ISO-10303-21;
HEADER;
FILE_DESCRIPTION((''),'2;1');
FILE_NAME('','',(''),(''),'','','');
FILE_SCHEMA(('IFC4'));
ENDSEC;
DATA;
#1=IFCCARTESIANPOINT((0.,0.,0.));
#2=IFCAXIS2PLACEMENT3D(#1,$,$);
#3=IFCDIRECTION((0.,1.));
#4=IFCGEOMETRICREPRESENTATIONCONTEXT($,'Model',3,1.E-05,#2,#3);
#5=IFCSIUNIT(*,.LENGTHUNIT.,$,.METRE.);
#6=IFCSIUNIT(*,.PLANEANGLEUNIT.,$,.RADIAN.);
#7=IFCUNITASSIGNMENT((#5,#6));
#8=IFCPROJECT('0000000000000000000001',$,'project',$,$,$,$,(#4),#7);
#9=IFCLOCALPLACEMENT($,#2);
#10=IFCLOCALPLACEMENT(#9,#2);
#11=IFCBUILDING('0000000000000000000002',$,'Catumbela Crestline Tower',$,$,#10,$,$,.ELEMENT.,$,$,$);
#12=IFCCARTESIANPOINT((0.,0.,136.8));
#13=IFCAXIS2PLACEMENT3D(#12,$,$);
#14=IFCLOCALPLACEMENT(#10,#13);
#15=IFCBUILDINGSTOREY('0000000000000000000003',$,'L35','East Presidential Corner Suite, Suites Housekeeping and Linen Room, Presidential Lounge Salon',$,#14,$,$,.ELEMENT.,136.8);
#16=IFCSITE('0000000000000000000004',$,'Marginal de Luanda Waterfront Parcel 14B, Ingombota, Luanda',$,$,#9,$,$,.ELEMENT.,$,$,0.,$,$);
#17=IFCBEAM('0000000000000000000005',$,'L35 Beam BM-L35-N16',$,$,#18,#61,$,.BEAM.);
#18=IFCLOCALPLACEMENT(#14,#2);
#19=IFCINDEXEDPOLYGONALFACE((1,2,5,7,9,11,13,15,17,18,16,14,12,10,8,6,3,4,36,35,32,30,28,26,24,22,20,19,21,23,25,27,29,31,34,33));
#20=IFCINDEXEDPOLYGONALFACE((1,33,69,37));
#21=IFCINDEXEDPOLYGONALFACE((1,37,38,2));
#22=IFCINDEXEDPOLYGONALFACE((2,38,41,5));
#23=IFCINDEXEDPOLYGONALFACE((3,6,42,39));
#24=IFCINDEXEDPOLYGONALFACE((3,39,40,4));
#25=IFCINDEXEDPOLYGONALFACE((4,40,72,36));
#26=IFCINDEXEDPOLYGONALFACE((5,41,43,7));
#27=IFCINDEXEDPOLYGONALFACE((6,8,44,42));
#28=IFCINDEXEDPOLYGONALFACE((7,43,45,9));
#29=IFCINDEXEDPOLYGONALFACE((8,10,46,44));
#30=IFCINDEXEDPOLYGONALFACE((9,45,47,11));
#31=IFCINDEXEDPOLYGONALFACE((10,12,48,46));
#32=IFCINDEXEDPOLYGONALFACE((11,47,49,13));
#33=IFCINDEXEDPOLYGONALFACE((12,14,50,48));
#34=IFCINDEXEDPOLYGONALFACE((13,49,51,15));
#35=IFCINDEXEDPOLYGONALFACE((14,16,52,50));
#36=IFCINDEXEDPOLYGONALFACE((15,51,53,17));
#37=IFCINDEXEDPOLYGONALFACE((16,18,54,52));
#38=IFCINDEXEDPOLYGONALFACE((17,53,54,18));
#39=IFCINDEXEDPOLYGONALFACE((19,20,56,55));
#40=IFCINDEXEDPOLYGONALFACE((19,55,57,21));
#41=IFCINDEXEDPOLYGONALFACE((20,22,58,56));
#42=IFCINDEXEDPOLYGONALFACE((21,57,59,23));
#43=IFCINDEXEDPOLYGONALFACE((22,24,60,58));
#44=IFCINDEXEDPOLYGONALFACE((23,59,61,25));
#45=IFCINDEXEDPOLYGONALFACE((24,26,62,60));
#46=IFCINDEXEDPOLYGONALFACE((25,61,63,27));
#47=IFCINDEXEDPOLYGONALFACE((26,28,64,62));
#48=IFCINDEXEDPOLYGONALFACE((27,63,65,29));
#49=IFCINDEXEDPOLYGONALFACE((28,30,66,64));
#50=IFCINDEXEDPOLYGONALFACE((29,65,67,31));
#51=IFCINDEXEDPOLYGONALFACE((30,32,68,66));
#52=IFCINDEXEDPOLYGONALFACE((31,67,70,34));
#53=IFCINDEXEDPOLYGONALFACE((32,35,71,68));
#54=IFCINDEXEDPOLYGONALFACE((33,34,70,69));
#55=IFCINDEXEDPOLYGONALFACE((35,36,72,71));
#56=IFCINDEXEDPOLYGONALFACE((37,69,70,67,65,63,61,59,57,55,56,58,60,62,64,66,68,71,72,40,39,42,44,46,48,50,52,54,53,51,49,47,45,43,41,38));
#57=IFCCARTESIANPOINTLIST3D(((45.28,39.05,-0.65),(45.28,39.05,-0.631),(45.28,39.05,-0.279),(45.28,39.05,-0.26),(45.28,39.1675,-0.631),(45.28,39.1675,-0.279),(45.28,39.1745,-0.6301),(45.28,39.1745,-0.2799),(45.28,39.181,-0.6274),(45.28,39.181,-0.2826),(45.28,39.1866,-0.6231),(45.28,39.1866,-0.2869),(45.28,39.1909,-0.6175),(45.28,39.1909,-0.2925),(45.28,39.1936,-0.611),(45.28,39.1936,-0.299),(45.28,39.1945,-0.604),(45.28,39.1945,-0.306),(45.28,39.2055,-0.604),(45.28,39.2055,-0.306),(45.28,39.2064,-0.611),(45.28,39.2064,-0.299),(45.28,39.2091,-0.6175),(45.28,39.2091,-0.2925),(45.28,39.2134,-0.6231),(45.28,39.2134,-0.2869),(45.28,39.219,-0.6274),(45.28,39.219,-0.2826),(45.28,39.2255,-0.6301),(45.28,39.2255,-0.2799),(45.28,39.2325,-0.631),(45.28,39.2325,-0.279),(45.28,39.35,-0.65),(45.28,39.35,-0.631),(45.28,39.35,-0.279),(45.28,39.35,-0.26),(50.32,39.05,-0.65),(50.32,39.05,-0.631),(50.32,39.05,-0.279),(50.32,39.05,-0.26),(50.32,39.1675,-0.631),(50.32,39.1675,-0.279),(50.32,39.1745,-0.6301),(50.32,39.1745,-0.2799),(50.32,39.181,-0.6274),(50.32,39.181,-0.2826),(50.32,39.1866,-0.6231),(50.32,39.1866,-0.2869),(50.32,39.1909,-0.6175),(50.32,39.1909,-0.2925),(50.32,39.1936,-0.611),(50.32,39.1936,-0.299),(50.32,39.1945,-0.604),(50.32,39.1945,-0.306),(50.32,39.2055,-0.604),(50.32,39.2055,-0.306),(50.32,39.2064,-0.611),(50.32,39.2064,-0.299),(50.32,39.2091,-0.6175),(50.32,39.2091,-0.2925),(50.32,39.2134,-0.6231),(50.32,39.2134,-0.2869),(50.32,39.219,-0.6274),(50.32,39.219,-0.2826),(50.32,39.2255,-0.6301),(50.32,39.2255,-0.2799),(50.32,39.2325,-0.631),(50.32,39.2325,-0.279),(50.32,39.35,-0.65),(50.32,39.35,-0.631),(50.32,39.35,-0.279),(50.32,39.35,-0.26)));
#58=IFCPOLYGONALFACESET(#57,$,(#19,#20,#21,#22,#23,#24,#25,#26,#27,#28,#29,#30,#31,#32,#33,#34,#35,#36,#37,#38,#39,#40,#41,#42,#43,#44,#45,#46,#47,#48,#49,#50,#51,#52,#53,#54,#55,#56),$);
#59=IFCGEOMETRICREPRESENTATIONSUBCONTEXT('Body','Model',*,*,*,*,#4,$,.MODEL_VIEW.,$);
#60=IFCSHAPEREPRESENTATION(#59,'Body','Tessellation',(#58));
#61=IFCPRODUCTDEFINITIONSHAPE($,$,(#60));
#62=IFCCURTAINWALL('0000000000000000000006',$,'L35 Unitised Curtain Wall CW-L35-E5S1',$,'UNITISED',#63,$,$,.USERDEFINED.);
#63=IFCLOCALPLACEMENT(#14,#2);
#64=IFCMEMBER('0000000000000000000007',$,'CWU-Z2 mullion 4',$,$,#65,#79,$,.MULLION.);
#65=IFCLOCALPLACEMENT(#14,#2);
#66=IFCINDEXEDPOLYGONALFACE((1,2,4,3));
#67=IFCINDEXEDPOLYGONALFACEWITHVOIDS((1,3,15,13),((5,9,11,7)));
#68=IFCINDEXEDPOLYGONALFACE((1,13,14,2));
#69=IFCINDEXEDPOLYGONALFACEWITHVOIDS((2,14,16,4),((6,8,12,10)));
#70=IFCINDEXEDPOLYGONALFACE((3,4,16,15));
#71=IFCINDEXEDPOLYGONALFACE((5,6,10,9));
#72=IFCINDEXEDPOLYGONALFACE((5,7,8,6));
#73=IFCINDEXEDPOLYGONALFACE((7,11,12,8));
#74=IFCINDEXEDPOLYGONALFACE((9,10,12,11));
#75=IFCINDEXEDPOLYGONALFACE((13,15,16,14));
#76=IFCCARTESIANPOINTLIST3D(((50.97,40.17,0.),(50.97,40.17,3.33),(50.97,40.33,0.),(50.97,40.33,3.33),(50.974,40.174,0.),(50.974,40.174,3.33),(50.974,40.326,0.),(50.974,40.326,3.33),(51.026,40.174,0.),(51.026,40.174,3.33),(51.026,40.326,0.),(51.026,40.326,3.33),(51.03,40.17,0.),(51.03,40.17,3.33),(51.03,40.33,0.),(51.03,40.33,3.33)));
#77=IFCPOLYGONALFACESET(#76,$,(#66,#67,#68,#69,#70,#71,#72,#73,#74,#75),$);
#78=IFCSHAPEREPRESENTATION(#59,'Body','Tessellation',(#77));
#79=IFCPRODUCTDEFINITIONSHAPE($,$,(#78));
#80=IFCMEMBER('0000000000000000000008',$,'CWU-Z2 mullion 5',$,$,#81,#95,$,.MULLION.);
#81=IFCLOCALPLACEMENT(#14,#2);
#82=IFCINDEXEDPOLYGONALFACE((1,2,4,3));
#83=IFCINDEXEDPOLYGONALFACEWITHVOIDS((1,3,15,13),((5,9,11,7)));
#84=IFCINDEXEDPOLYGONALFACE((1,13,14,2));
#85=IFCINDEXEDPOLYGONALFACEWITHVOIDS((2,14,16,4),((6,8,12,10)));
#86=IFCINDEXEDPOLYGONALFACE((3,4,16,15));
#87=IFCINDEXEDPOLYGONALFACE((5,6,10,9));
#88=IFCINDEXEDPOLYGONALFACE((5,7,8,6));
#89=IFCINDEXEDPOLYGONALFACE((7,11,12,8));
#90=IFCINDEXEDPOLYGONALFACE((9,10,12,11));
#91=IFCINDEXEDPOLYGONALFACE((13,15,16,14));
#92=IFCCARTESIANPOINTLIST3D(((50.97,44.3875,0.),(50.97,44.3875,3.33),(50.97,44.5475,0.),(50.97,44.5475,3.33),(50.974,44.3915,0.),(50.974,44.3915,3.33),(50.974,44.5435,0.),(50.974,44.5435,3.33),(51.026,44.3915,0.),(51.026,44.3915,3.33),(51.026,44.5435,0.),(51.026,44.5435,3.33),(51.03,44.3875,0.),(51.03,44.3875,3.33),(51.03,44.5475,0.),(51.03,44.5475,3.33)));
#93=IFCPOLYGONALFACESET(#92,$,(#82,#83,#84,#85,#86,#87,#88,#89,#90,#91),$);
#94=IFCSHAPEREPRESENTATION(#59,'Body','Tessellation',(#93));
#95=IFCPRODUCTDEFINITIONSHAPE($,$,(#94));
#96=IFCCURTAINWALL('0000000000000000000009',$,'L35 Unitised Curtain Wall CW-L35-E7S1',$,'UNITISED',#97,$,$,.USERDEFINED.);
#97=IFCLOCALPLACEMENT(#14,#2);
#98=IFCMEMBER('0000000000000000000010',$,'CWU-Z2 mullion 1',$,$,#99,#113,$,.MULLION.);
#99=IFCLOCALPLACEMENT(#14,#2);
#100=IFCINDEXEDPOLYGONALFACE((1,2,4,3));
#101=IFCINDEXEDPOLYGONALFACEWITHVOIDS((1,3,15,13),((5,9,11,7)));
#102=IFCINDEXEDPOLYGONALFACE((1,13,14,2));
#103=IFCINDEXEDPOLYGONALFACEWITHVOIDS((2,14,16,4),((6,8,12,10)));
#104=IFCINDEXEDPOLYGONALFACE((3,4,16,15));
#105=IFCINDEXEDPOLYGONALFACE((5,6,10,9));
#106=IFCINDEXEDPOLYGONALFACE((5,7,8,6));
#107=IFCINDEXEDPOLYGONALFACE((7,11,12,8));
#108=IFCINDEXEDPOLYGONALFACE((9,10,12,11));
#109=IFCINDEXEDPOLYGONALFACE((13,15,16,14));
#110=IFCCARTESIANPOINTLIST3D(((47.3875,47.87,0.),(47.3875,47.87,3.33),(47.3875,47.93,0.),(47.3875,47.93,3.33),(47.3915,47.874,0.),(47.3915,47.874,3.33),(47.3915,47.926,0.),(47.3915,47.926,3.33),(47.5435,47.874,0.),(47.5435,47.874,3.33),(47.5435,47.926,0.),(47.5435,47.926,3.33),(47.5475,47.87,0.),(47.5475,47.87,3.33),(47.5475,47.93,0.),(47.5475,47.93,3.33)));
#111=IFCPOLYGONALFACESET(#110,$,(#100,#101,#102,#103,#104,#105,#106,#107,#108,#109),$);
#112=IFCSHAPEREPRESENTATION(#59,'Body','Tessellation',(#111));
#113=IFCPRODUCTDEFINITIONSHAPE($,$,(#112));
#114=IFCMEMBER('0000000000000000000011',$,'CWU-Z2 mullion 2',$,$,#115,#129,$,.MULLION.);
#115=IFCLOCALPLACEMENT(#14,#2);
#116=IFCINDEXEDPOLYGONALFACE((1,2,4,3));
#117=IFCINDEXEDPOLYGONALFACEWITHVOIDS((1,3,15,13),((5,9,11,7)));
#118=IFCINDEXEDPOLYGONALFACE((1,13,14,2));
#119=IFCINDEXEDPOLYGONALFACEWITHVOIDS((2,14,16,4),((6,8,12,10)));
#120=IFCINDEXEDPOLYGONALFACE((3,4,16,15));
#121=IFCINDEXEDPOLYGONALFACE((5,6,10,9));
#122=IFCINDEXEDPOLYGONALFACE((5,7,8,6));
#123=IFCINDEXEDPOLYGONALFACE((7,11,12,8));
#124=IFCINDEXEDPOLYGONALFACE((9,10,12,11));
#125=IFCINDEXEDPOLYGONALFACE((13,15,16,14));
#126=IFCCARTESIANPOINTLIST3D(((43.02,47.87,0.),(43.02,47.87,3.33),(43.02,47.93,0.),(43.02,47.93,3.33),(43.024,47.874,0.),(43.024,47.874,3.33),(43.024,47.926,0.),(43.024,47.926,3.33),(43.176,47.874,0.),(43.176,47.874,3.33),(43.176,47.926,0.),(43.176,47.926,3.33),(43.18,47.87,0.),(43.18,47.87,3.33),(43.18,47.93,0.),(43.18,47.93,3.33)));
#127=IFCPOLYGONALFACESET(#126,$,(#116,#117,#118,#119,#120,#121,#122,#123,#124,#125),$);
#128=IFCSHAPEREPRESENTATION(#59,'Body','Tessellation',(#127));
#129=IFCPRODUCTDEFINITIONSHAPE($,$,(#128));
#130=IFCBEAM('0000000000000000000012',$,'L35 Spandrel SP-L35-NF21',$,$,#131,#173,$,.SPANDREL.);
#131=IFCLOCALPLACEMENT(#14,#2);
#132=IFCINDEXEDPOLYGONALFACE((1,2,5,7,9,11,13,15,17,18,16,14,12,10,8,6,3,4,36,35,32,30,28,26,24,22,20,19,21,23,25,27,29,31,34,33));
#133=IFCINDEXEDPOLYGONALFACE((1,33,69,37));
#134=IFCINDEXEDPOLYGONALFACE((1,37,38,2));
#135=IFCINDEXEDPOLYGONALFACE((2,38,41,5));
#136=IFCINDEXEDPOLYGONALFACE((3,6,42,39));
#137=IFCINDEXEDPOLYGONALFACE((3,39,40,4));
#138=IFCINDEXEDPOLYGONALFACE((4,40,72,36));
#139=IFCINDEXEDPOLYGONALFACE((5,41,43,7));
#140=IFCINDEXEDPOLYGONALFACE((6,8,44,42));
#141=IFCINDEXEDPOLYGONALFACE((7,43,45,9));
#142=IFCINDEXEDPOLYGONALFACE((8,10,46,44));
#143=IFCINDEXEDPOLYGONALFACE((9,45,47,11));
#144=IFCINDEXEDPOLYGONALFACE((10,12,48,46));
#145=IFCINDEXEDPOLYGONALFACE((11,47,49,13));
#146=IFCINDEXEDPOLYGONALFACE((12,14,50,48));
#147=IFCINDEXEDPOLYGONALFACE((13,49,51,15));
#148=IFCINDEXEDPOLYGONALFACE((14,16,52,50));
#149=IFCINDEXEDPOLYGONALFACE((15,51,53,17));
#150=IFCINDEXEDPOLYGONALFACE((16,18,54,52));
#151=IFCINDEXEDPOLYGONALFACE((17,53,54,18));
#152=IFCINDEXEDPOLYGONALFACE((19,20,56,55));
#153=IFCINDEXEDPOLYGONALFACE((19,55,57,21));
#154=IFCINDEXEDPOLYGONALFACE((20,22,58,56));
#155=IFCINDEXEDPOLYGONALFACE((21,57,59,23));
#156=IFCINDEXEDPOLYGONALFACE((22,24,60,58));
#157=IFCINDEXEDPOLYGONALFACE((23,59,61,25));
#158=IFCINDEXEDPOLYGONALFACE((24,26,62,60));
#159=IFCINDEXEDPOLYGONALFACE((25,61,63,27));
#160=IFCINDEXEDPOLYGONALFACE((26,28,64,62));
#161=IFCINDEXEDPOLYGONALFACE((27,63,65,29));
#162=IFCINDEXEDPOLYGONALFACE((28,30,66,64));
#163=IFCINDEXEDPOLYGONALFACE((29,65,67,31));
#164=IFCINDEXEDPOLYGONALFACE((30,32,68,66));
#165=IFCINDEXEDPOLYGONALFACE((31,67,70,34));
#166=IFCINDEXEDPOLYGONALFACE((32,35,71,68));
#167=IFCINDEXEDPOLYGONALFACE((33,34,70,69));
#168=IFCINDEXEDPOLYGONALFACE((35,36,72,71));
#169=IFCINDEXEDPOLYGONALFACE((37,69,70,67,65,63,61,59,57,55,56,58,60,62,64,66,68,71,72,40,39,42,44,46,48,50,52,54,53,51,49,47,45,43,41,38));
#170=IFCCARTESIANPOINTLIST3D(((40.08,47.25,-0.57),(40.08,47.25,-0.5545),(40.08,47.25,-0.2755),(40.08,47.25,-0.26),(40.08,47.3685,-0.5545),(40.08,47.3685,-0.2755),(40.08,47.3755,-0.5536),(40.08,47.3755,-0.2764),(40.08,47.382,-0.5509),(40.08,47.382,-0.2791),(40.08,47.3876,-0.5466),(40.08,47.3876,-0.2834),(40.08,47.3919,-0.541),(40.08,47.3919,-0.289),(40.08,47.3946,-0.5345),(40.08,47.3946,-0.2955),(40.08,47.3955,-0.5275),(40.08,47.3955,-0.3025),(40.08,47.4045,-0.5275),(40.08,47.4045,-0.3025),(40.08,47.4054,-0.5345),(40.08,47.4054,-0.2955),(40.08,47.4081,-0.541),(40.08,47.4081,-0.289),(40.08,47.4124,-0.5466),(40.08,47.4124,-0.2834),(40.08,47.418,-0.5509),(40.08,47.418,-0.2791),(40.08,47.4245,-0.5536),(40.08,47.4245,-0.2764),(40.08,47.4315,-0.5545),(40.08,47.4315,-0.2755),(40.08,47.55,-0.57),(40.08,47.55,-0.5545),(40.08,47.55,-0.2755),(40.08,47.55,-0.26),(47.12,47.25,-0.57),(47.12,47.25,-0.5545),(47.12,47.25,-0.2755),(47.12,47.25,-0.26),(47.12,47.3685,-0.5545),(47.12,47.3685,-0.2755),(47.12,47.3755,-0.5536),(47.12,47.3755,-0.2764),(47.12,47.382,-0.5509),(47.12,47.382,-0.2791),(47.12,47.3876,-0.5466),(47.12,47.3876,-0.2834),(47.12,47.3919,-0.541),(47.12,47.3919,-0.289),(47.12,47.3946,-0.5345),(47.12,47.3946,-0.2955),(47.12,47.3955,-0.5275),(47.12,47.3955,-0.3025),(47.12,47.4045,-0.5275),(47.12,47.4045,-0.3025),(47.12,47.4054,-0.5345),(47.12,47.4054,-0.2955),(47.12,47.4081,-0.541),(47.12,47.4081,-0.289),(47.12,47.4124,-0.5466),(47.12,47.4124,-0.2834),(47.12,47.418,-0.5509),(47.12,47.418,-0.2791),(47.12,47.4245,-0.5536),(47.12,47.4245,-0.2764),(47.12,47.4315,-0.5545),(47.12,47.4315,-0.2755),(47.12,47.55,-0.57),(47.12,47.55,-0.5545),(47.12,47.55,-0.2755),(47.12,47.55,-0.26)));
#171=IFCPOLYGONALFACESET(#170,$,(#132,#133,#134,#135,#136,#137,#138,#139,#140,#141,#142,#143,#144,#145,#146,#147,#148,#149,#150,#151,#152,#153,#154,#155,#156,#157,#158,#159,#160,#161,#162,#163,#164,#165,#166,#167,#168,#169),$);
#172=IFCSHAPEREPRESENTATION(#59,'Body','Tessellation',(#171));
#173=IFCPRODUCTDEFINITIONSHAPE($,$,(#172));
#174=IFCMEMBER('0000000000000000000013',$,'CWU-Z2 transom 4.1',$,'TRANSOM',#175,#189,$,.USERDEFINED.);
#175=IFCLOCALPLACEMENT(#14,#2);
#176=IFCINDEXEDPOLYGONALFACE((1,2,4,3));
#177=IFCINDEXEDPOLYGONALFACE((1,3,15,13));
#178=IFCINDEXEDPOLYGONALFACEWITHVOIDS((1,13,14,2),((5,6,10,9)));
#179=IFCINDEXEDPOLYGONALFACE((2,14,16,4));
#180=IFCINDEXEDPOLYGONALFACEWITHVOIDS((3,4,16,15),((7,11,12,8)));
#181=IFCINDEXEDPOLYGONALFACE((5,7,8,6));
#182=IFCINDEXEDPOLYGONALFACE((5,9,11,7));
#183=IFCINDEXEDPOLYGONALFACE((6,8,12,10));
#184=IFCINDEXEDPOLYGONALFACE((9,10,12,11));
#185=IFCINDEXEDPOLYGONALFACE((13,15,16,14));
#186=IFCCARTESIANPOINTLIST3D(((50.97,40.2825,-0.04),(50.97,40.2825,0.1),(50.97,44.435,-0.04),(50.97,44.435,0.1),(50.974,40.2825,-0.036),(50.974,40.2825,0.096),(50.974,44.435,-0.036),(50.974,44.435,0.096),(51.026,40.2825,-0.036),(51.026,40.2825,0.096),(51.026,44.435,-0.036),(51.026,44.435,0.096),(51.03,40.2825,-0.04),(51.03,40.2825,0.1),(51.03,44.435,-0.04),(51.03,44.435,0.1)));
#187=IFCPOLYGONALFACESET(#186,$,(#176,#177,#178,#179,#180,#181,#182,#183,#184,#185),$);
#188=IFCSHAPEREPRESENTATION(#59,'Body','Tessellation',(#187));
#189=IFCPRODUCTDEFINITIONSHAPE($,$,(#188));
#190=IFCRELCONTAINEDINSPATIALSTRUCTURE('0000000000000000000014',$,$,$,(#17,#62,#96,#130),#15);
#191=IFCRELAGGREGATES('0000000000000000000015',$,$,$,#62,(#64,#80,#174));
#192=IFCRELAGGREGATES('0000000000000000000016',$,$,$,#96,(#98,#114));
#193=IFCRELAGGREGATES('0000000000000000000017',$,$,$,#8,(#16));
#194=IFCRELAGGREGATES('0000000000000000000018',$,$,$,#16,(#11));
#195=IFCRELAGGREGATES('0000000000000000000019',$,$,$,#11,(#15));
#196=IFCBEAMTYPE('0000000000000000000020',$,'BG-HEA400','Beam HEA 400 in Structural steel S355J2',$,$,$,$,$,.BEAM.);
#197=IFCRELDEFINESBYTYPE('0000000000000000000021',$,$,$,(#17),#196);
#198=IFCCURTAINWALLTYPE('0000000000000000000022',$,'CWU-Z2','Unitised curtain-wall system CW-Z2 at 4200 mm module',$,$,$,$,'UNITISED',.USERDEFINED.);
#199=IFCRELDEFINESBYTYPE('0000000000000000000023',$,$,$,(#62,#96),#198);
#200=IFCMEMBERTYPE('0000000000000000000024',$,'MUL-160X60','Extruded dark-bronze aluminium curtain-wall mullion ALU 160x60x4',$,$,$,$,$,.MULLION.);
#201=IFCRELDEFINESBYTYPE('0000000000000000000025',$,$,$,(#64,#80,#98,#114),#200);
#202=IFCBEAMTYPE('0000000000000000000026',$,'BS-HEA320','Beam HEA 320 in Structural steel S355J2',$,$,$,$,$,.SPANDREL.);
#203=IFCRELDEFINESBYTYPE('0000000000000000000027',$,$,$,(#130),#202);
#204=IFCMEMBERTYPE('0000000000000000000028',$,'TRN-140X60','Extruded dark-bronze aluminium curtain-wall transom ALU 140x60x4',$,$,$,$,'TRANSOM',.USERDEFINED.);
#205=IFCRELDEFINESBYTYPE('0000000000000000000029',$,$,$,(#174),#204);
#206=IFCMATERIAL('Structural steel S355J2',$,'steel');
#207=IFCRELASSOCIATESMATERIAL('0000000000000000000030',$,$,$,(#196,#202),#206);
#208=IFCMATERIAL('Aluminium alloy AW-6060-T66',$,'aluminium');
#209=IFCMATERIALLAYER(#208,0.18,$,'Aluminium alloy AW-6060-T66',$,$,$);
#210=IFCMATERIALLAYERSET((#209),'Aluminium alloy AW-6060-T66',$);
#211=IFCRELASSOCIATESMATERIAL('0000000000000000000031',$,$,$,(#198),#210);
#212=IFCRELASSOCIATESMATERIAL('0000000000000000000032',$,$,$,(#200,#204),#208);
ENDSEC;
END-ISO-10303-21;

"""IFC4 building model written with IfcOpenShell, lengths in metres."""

from ifc_helpers import new_model, si_unit, direction, frame, origin, origin_2d, place, context, subcontext, project, spatial, hollow_rectangle, i_section, extrude, material, layer, layer_set, material_profile, profile_set, type_object, element, aggregate, save


model = new_model("IFC4")

# Units and contexts
model_context = context("Model", 3, precision=1e-05, world=origin(), true_north=direction((0.0, 1.0)))
body_context = subcontext(model_context, "Body", "Model", "MODEL_VIEW")
ifc_project = project(units=[si_unit("LENGTHUNIT", "METRE"), si_unit("PLANEANGLEUNIT", "RADIAN")], contexts=[model_context])

# Site, building, storey
site_placement = place(None, origin())
site = spatial("IfcSite", under=ifc_project, at=site_placement, Name="Marginal de Luanda Waterfront Parcel 14B, Ingombota, Luanda", CompositionType="ELEMENT", RefElevation=0.0)
building_placement = place(site_placement, origin())
building = spatial("IfcBuilding", under=site, at=building_placement, Name="Catumbela Crestline Tower", CompositionType="ELEMENT")
storey_placement = place(building_placement, frame((0.0, 0.0, 136.8)))
storey = spatial("IfcBuildingStorey", under=building, at=storey_placement, Name="L35", Description="East Presidential Corner Suite, Suites Housekeeping and Linen Room, Presidential Lounge Salon", CompositionType="ELEMENT", Elevation=136.8)

# Beam
ifc_material_1 = material(Name="Structural steel S355J2", Category="steel")
ifc_material_profile_1 = material_profile(ifc_material_1, i_section(OverallWidth=0.3, OverallDepth=0.39, WebThickness=0.011, FlangeThickness=0.019, FilletRadius=0.027, at=origin_2d()), Name="HEA 400")
ifc_profile_set_1 = profile_set([ifc_material_profile_1], Name="Structural steel S355J2")
beam_type_1 = type_object("IfcBeamType", Name="BG-HEA400", Description="Beam HEA 400 in Structural steel S355J2", PredefinedType="BEAM", material=ifc_profile_set_1)
beam_1_placement = place(storey_placement, frame((45.28, 39.2, -0.455), z_axis=(1.0, 0.0, 0.0), x_axis=(0.0, 1.0, 0.0)))
element("IfcBeam", 1, at=beam_1_placement, inside=storey, type_object=beam_type_1, Name="L35 Beam BM-L35-N16", PredefinedType="BEAM", context=body_context, shape_type="SweptSolid", body=[
    extrude(i_section(OverallWidth=0.3, OverallDepth=0.39, WebThickness=0.011, FlangeThickness=0.019, FilletRadius=0.027, at=origin_2d()), origin(), (0.0, 0.0, 1.0), 5.04),
])

# Curtain walls, members
ifc_material_2 = material(Name="Aluminium alloy AW-6060-T66", Category="aluminium")
ifc_layer_1 = layer(ifc_material_2, 0.18, Name="Aluminium alloy AW-6060-T66")
ifc_layer_set_1 = layer_set([ifc_layer_1], Name="Aluminium alloy AW-6060-T66")
curtain_wall_type = type_object("IfcCurtainWallType", Name="CWU-Z2", Description="Unitised curtain-wall system CW-Z2 at 4200 mm module", ElementType="UNITISED", PredefinedType="USERDEFINED", material=ifc_layer_set_1)
curtain_wall_1_placement = place(storey_placement, origin())
curtain_wall_1 = element("IfcCurtainWall", 2, at=curtain_wall_1_placement, inside=storey, type_object=curtain_wall_type, Name="L35 Unitised Curtain Wall CW-L35-E5S1", ObjectType="UNITISED", PredefinedType="USERDEFINED")
ifc_material_profile_2 = material_profile(ifc_material_2, hollow_rectangle(XDim=0.06, YDim=0.16, WallThickness=0.004, at=origin_2d()), Name="ALU 160x60x4")
ifc_profile_set_2 = profile_set([ifc_material_profile_2], Name="Aluminium alloy AW-6060-T66")
member_type_1 = type_object("IfcMemberType", Name="MUL-160X60", Description="Extruded dark-bronze aluminium curtain-wall mullion ALU 160x60x4", PredefinedType="MULLION", material=ifc_profile_set_2)
member_1_placement = place(storey_placement, frame((51.0, 40.25, 0.0), z_axis=(0.0, 0.0, 1.0), x_axis=(-1.0, 0.0, 0.0)))
member_1 = element("IfcMember", 3, at=member_1_placement, type_object=member_type_1, Name="CWU-Z2 mullion 4", PredefinedType="MULLION", context=body_context, shape_type="SweptSolid", body=[
    extrude(hollow_rectangle(XDim=0.06, YDim=0.16, WallThickness=0.004, at=origin_2d()), origin(), (0.0, 0.0, 1.0), 3.33),
])
member_2_placement = place(storey_placement, frame((51.0, 44.4675, 0.0), z_axis=(0.0, 0.0, 1.0), x_axis=(-1.0, 0.0, 0.0)))
member_2 = element("IfcMember", 4, at=member_2_placement, type_object=member_type_1, Name="CWU-Z2 mullion 5", PredefinedType="MULLION", context=body_context, shape_type="SweptSolid", body=[
    extrude(hollow_rectangle(XDim=0.06, YDim=0.16, WallThickness=0.004, at=origin_2d()), origin(), (0.0, 0.0, 1.0), 3.33),
])
curtain_wall_2_placement = place(storey_placement, origin())
curtain_wall_2 = element("IfcCurtainWall", 5, at=curtain_wall_2_placement, inside=storey, type_object=curtain_wall_type, Name="L35 Unitised Curtain Wall CW-L35-E7S1", ObjectType="UNITISED", PredefinedType="USERDEFINED")
member_3_placement = place(storey_placement, frame((47.4675, 47.9, 0.0), z_axis=(0.0, 0.0, 1.0), x_axis=(0.0, -1.0, 0.0)))
member_3 = element("IfcMember", 6, at=member_3_placement, type_object=member_type_1, Name="CWU-Z2 mullion 1", PredefinedType="MULLION", context=body_context, shape_type="SweptSolid", body=[
    extrude(hollow_rectangle(XDim=0.06, YDim=0.16, WallThickness=0.004, at=origin_2d()), origin(), (0.0, 0.0, 1.0), 3.33),
])
member_4_placement = place(storey_placement, frame((43.1, 47.9, 0.0), z_axis=(0.0, 0.0, 1.0), x_axis=(0.0, -1.0, 0.0)))
member_4 = element("IfcMember", 7, at=member_4_placement, type_object=member_type_1, Name="CWU-Z2 mullion 2", PredefinedType="MULLION", context=body_context, shape_type="SweptSolid", body=[
    extrude(hollow_rectangle(XDim=0.06, YDim=0.16, WallThickness=0.004, at=origin_2d()), origin(), (0.0, 0.0, 1.0), 3.33),
])

# Beam
ifc_material_profile_3 = material_profile(ifc_material_1, i_section(OverallWidth=0.3, OverallDepth=0.31, WebThickness=0.009, FlangeThickness=0.0155, FilletRadius=0.027, at=origin_2d()), Name="HEA 320")
ifc_profile_set_3 = profile_set([ifc_material_profile_3], Name="Structural steel S355J2")
beam_type_2 = type_object("IfcBeamType", Name="BS-HEA320", Description="Beam HEA 320 in Structural steel S355J2", PredefinedType="SPANDREL", material=ifc_profile_set_3)
beam_2_placement = place(storey_placement, frame((40.08, 47.4, -0.415), z_axis=(1.0, 0.0, 0.0), x_axis=(0.0, 1.0, 0.0)))
element("IfcBeam", 8, at=beam_2_placement, inside=storey, type_object=beam_type_2, Name="L35 Spandrel SP-L35-NF21", PredefinedType="SPANDREL", context=body_context, shape_type="SweptSolid", body=[
    extrude(i_section(OverallWidth=0.3, OverallDepth=0.31, WebThickness=0.009, FlangeThickness=0.0155, FilletRadius=0.027, at=origin_2d()), origin(), (0.0, 0.0, 1.0), 7.04),
])

# Member
ifc_material_profile_4 = material_profile(ifc_material_2, hollow_rectangle(XDim=0.06, YDim=0.14, WallThickness=0.004, at=origin_2d()), Name="ALU 140x60x4")
ifc_profile_set_4 = profile_set([ifc_material_profile_4], Name="Aluminium alloy AW-6060-T66")
member_type_2 = type_object("IfcMemberType", Name="TRN-140X60", Description="Extruded dark-bronze aluminium curtain-wall transom ALU 140x60x4", ElementType="TRANSOM", PredefinedType="USERDEFINED", material=ifc_profile_set_4)
member_5_placement = place(storey_placement, frame((51.0, 40.2825, 0.03), z_axis=(0.0, 1.0, 0.0), x_axis=(-1.0, 0.0, 0.0)))
member_5 = element("IfcMember", 9, at=member_5_placement, type_object=member_type_2, Name="CWU-Z2 transom 4.1", ObjectType="TRANSOM", PredefinedType="USERDEFINED", context=body_context, shape_type="SweptSolid", body=[
    extrude(hollow_rectangle(XDim=0.06, YDim=0.14, WallThickness=0.004, at=origin_2d()), origin(), (0.0, 0.0, 1.0), 4.1525),
])

aggregate(curtain_wall_1, [member_1, member_2, member_5])
aggregate(curtain_wall_2, [member_3, member_4])

save(model, "model.ifc")
